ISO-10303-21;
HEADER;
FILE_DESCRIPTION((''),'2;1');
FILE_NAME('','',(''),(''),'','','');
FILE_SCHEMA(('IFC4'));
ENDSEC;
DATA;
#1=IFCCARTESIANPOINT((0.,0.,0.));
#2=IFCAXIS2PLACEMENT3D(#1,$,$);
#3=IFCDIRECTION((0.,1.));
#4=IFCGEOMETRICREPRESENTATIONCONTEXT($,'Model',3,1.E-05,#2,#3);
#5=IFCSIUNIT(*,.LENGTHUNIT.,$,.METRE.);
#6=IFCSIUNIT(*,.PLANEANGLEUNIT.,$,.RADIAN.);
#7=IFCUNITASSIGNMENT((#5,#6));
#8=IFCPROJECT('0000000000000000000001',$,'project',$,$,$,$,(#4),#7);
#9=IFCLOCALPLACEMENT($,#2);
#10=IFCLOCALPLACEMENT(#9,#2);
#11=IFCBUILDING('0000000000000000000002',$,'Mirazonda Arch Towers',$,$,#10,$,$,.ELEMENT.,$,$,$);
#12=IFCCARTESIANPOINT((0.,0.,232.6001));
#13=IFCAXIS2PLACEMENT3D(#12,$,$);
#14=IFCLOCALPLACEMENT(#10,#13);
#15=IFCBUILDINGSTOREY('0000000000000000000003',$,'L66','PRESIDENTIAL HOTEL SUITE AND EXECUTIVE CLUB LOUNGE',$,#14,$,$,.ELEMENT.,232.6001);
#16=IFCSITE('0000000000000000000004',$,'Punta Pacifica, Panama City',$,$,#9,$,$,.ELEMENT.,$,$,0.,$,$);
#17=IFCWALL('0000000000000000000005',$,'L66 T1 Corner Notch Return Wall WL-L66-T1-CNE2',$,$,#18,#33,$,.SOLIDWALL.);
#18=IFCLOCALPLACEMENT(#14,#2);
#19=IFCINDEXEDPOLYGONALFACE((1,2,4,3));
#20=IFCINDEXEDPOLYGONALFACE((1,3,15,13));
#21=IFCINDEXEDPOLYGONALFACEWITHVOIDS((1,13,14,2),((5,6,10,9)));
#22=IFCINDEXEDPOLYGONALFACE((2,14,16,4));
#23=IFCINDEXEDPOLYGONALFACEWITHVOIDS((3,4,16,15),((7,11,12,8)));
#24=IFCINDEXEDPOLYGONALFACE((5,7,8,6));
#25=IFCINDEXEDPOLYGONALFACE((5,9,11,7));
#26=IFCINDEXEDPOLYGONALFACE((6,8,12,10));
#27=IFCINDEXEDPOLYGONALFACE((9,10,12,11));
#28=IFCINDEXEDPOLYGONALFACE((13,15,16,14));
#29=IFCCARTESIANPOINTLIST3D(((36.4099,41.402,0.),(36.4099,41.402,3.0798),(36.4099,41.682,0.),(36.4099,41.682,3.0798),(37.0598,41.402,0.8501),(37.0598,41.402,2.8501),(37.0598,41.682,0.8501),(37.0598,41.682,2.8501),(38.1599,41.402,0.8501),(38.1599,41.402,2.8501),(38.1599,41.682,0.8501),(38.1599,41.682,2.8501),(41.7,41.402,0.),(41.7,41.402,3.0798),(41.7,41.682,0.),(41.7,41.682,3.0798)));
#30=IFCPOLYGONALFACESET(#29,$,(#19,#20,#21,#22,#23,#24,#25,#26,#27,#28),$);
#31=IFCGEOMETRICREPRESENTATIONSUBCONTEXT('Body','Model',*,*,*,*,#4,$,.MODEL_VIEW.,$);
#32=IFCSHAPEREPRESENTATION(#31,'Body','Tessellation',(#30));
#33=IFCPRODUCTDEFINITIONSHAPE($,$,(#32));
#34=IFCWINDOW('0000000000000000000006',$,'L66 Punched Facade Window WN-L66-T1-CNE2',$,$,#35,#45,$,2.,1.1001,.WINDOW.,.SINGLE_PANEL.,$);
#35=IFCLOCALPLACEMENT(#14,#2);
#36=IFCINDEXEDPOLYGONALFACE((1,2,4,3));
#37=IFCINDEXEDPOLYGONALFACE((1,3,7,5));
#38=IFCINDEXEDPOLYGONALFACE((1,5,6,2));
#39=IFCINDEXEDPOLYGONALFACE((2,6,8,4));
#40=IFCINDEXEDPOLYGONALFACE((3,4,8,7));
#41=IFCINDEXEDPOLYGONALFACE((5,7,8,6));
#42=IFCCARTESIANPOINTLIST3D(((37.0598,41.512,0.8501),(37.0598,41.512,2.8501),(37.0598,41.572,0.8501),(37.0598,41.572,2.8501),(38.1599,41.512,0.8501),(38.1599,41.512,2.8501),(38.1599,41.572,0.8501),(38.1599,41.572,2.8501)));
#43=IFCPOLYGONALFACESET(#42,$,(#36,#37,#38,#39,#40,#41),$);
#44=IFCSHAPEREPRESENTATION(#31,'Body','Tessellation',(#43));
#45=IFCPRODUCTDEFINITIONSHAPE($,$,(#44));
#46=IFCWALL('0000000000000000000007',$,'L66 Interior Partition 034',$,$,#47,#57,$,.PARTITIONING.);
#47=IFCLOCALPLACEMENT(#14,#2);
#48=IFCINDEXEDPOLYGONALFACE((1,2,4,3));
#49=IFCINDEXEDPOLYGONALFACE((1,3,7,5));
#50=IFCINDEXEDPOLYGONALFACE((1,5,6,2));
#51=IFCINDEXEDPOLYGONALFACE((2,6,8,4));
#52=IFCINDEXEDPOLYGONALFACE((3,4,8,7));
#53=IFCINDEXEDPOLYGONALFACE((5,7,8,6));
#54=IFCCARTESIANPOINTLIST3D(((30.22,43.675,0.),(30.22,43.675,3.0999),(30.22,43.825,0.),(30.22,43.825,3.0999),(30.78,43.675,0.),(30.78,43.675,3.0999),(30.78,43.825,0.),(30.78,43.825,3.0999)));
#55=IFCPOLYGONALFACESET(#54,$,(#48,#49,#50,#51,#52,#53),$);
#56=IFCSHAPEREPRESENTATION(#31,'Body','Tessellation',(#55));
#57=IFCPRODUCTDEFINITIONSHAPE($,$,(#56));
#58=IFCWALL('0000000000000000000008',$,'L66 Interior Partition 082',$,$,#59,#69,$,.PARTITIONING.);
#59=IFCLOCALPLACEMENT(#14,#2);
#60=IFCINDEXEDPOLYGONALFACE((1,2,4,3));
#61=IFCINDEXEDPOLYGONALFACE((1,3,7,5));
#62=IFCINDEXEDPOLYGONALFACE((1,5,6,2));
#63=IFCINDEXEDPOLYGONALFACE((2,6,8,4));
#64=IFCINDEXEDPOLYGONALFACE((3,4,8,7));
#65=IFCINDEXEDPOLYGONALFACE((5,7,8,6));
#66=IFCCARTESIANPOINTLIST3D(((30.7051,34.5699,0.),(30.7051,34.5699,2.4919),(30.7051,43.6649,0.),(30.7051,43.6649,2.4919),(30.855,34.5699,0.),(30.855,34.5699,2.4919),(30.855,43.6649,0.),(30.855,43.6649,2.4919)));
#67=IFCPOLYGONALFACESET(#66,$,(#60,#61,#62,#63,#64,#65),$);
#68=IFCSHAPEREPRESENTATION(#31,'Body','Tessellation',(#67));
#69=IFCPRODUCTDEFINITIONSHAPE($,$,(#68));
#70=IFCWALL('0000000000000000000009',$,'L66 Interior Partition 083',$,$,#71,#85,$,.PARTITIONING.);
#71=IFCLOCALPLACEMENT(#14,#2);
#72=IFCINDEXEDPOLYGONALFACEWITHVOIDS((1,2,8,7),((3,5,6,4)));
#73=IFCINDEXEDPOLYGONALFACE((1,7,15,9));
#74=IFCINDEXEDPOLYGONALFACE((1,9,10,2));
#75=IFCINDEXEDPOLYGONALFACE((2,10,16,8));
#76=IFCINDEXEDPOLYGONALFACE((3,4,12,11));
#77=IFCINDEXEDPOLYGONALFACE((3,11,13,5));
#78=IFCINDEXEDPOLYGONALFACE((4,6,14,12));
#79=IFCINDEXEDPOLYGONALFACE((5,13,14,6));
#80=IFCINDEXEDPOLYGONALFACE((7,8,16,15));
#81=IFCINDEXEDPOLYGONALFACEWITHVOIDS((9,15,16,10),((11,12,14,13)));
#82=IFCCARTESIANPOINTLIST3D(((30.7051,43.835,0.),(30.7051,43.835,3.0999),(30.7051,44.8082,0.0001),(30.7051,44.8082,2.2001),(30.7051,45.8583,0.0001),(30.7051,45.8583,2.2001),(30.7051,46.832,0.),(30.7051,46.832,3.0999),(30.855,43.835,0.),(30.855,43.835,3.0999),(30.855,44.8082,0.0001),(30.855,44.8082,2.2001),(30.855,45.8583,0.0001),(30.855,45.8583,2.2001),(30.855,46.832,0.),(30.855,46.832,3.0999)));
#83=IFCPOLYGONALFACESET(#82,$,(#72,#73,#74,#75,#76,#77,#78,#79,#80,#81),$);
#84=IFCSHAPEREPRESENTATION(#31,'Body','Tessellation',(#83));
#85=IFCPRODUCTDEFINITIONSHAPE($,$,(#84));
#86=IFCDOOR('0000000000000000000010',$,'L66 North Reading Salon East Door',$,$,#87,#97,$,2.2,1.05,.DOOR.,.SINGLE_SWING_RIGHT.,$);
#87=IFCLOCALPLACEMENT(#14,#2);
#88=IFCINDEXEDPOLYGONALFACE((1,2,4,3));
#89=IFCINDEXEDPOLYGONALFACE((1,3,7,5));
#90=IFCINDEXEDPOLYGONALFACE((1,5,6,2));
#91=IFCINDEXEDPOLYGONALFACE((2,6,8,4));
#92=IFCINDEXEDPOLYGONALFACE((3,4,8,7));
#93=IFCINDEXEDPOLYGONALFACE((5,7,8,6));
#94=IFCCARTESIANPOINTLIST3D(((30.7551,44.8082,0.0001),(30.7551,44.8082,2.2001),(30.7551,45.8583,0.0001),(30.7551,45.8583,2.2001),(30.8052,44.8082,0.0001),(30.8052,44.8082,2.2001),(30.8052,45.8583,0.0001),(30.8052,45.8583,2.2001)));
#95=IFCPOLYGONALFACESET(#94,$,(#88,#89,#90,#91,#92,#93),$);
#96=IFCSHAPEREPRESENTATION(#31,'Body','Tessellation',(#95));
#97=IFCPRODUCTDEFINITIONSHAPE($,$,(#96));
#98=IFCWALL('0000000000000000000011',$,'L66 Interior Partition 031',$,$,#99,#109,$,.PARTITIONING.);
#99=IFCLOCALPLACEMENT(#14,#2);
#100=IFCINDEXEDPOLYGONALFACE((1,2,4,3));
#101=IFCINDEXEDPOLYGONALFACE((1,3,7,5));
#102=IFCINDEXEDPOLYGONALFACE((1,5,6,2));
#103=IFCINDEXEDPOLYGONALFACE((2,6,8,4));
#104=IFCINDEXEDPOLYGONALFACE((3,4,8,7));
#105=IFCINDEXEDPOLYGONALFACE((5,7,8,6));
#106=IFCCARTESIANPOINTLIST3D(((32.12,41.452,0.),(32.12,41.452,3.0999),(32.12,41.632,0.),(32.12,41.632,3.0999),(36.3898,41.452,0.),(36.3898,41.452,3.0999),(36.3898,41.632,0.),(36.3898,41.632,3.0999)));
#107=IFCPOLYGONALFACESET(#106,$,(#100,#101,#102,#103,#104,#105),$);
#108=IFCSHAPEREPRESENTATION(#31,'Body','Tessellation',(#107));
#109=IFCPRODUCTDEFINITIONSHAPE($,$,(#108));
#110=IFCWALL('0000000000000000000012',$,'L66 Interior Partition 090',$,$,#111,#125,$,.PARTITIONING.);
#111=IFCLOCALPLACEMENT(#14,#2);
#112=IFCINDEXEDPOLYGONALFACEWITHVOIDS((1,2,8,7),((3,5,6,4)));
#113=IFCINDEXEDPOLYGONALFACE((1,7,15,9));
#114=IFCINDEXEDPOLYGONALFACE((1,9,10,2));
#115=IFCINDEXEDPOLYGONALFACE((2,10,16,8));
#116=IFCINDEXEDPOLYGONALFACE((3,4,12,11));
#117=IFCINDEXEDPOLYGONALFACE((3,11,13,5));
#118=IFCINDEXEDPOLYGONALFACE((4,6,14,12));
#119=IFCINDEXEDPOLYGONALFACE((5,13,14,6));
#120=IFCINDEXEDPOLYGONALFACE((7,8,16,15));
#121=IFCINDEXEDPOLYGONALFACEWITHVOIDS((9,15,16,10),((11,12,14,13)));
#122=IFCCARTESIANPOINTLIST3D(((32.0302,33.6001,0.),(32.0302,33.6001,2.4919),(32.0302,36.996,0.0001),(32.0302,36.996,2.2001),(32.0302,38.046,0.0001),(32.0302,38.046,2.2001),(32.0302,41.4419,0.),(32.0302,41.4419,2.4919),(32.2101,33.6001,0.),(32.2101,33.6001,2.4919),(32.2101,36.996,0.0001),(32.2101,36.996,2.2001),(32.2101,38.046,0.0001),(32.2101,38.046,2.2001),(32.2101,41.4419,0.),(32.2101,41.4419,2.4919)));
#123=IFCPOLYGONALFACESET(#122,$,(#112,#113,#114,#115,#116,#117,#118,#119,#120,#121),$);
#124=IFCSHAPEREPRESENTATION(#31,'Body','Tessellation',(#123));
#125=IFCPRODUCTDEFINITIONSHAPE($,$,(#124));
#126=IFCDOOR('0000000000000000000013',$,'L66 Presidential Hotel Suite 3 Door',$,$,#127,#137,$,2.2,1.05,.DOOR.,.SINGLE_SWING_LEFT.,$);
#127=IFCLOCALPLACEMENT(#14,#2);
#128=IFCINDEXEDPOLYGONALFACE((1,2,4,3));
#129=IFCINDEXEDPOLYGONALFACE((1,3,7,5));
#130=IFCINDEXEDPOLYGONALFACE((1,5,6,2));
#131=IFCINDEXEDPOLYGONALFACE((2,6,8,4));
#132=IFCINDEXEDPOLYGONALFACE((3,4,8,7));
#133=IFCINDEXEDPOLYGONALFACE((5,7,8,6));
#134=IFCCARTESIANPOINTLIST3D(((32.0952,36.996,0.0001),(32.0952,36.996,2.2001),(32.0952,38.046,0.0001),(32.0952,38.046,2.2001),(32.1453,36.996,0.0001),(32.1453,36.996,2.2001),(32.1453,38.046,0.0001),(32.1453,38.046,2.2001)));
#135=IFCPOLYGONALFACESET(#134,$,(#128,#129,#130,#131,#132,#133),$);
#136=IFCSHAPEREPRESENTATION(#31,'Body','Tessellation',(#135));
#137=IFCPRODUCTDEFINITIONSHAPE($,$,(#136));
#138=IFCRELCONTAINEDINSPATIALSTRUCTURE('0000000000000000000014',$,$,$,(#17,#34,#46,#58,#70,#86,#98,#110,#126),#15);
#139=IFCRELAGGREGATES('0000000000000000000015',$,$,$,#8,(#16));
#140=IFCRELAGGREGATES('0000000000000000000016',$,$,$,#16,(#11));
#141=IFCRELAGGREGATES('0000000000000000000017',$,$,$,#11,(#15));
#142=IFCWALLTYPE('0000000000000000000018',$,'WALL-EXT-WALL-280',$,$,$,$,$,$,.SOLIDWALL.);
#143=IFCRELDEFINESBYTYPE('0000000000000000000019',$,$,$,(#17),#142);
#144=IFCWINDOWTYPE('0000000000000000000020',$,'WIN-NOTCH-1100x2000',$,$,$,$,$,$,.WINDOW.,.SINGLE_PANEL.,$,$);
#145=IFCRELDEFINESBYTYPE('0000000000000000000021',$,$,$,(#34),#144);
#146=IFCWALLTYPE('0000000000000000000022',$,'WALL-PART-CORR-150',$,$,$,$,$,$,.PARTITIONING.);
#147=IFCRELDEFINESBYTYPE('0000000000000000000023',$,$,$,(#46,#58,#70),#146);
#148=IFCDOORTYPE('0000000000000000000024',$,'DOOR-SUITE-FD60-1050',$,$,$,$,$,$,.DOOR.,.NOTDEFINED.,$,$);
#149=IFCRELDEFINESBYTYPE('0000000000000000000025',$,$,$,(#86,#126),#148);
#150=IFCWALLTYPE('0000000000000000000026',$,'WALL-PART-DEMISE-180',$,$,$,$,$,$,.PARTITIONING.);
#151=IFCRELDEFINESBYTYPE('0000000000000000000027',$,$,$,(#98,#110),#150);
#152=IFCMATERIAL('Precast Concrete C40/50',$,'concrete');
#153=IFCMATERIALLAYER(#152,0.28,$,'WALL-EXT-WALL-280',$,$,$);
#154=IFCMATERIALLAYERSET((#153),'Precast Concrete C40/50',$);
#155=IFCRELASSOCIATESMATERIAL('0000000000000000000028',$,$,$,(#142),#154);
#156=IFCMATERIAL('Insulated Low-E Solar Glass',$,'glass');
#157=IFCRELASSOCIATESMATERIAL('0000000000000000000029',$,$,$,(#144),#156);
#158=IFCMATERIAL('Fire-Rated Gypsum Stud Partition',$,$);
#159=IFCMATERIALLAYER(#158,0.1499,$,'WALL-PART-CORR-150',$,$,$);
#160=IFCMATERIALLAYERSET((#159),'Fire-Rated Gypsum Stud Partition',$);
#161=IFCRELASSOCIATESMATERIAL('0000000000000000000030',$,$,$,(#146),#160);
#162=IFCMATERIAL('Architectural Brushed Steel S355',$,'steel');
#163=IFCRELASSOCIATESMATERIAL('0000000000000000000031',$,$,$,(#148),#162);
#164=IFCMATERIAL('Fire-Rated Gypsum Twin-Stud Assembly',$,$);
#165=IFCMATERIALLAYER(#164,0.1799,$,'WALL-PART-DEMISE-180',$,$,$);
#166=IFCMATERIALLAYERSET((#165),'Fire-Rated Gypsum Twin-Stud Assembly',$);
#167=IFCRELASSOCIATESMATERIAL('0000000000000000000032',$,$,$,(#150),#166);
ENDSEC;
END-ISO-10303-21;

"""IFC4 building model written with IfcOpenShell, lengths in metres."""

from ifc_helpers import new_model, si_unit, direction, frame, frame_2d, origin, place, context, subcontext, project, spatial, rectangle, extrude, material, layer, layer_set, type_object, element, fill, save


model = new_model("IFC4")

# Units and contexts
model_context = context("Model", 3, precision=1e-05, world=origin(), true_north=direction((0.0, 1.0)))
body_context = subcontext(model_context, "Body", "Model", "MODEL_VIEW")
ifc_project = project(units=[si_unit("LENGTHUNIT", "METRE"), si_unit("PLANEANGLEUNIT", "RADIAN")], contexts=[model_context])

# Site, building, storey
site_placement = place(None, origin())
site = spatial("IfcSite", under=ifc_project, at=site_placement, Name="Punta Pacifica, Panama City", CompositionType="ELEMENT", RefElevation=0.0)
building_placement = place(site_placement, origin())
building = spatial("IfcBuilding", under=site, at=building_placement, Name="Mirazonda Arch Towers", CompositionType="ELEMENT")
storey_placement = place(building_placement, frame((0.0, 0.0, 232.6001)))
storey = spatial("IfcBuildingStorey", under=building, at=storey_placement, Name="L66", Description="PRESIDENTIAL HOTEL SUITE AND EXECUTIVE CLUB LOUNGE", CompositionType="ELEMENT", Elevation=232.6001)

# Shared definitions
ifc_material_1 = material(Name="Insulated Low-E Solar Glass", Category="glass")

# Wall, opening, window
ifc_material_2 = material(Name="Precast Concrete C40/50", Category="concrete")
ifc_layer_1 = layer(ifc_material_2, 0.28, Name="WALL-EXT-WALL-280")
ifc_layer_set_1 = layer_set([ifc_layer_1], Name="Precast Concrete C40/50")
wall_type_1 = type_object("IfcWallType", Name="WALL-EXT-WALL-280", PredefinedType="SOLIDWALL", material=ifc_layer_set_1)
window_type = type_object("IfcWindowType", Name="WIN-NOTCH-1100x2000", PartitioningType="SINGLE_PANEL", PredefinedType="WINDOW", material=ifc_material_1)
wall_1_placement = place(storey_placement, frame((41.7, 41.542, 0.0), z_axis=(0.0, 0.0, 1.0), x_axis=(-1.0, 0.0, 0.0)))
wall_1 = element("IfcWall", 1, at=wall_1_placement, inside=storey, type_object=wall_type_1, Name="L66 T1 Corner Notch Return Wall WL-L66-T1-CNE2", PredefinedType="SOLIDWALL", context=body_context, shape_type="SweptSolid", body=[
    extrude(rectangle(XDim=5.29, YDim=0.28, at=frame_2d((2.645, 0.0))), origin(), (0.0, 0.0, 1.0), 3.0798),
])
opening_1_placement = place(wall_1_placement, frame((3.54, 0.0, 0.8501)))
opening_1 = element("IfcOpeningElement", 2, at=opening_1_placement, cuts=wall_1, PredefinedType="OPENING", context=body_context, shape_type="SweptSolid", body=[
    extrude(rectangle(XDim=1.1001, YDim=2.0, at=frame_2d((0.55, 1.0))), frame((0.0, 0.1499, 0.0), z_axis=(0.0, -1.0, 0.0), x_axis=(1.0, 0.0, 0.0)), (0.0, 0.0, 1.0), 0.3),
])
window_1_placement = place(opening_1_placement, origin())
window_1 = element("IfcWindow", 3, at=window_1_placement, inside=storey, type_object=window_type, Name="L66 Punched Facade Window WN-L66-T1-CNE2", OverallHeight=2.0, OverallWidth=1.1001, PartitioningType="SINGLE_PANEL", PredefinedType="WINDOW", context=body_context, shape_type="SweptSolid", body=[
    extrude(rectangle(XDim=1.1001, YDim=2.0, at=frame_2d((0.55, 1.0))), frame((0.0, 0.03, 0.0), z_axis=(0.0, -1.0, 0.0), x_axis=(1.0, 0.0, 0.0)), (0.0, 0.0, 1.0), 0.0601),
])
fill(opening_1, window_1)

# Walls
ifc_material_3 = material(Name="Fire-Rated Gypsum Stud Partition")
ifc_layer_2 = layer(ifc_material_3, 0.1499, Name="WALL-PART-CORR-150")
ifc_layer_set_2 = layer_set([ifc_layer_2], Name="Fire-Rated Gypsum Stud Partition")
wall_type_2 = type_object("IfcWallType", Name="WALL-PART-CORR-150", PredefinedType="PARTITIONING", material=ifc_layer_set_2)
wall_2_placement = place(storey_placement, frame((30.22, 43.75, 0.0), z_axis=(0.0, 0.0, 1.0), x_axis=(1.0, 0.0, 0.0)))
element("IfcWall", 4, at=wall_2_placement, inside=storey, type_object=wall_type_2, Name="L66 Interior Partition 034", PredefinedType="PARTITIONING", context=body_context, shape_type="SweptSolid", body=[
    extrude(rectangle(XDim=0.5601, YDim=0.1499, at=frame_2d((0.28, 0.0))), origin(), (0.0, 0.0, 1.0), 3.0999),
])
wall_3_placement = place(storey_placement, frame((30.78, 34.5701, 0.0), z_axis=(0.0, 0.0, 1.0), x_axis=(0.0, 1.0, 0.0)))
element("IfcWall", 5, at=wall_3_placement, inside=storey, type_object=wall_type_2, Name="L66 Interior Partition 082", PredefinedType="PARTITIONING", context=body_context, shape_type="SweptSolid", body=[
    extrude(rectangle(XDim=9.095, YDim=0.1499, at=frame_2d((4.5474, 0.0))), origin(), (0.0, 0.0, 1.0), 2.4919),
])

# Wall, opening, door
wall_4_placement = place(storey_placement, frame((30.78, 43.835, 0.0), z_axis=(0.0, 0.0, 1.0), x_axis=(0.0, 1.0, 0.0)))
wall_4 = element("IfcWall", 6, at=wall_4_placement, inside=storey, type_object=wall_type_2, Name="L66 Interior Partition 083", PredefinedType="PARTITIONING", context=body_context, shape_type="SweptSolid", body=[
    extrude(rectangle(XDim=2.9971, YDim=0.1499, at=frame_2d((1.4985, 0.0))), origin(), (0.0, 0.0, 1.0), 3.0999),
])
opening_2_placement = place(wall_4_placement, frame((0.9734, 0.0, 0.0)))
opening_2 = element("IfcOpeningElement", 7, at=opening_2_placement, cuts=wall_4, PredefinedType="OPENING", context=body_context, shape_type="SweptSolid", body=[
    extrude(rectangle(XDim=1.05, YDim=2.2, at=frame_2d((0.5249, 1.1001))), frame((0.0, 0.085, 0.0), z_axis=(0.0, -1.0, 0.0), x_axis=(1.0, 0.0, 0.0)), (0.0, 0.0, 1.0), 0.1699),
])
ifc_material_4 = material(Name="Architectural Brushed Steel S355", Category="steel")
door_type_1 = type_object("IfcDoorType", Name="DOOR-SUITE-FD60-1050", OperationType="NOTDEFINED", PredefinedType="DOOR", material=ifc_material_4)
door_1_placement = place(opening_2_placement, origin())
door_1 = element("IfcDoor", 8, at=door_1_placement, inside=storey, type_object=door_type_1, Name="L66 North Reading Salon East Door", OperationType="SINGLE_SWING_RIGHT", OverallHeight=2.2, OverallWidth=1.05, PredefinedType="DOOR", context=body_context, shape_type="SweptSolid", body=[
    extrude(rectangle(XDim=1.05, YDim=2.2, at=frame_2d((0.5249, 1.1001))), frame((0.0, 0.0249, 0.0), z_axis=(0.0, -1.0, 0.0), x_axis=(1.0, 0.0, 0.0)), (0.0, 0.0, 1.0), 0.05),
])
fill(opening_2, door_1)

# Wall
ifc_material_5 = material(Name="Fire-Rated Gypsum Twin-Stud Assembly")
ifc_layer_3 = layer(ifc_material_5, 0.1799, Name="WALL-PART-DEMISE-180")
ifc_layer_set_3 = layer_set([ifc_layer_3], Name="Fire-Rated Gypsum Twin-Stud Assembly")
wall_type_3 = type_object("IfcWallType", Name="WALL-PART-DEMISE-180", PredefinedType="PARTITIONING", material=ifc_layer_set_3)
wall_5_placement = place(storey_placement, frame((32.1201, 41.542, 0.0), z_axis=(0.0, 0.0, 1.0), x_axis=(1.0, 0.0, 0.0)))
element("IfcWall", 9, at=wall_5_placement, inside=storey, type_object=wall_type_3, Name="L66 Interior Partition 031", PredefinedType="PARTITIONING", context=body_context, shape_type="SweptSolid", body=[
    extrude(rectangle(XDim=4.2698, YDim=0.1799, at=frame_2d((2.1348, 0.0))), origin(), (0.0, 0.0, 1.0), 3.0999),
])

# Wall, opening, door
wall_6_placement = place(storey_placement, frame((32.1201, 33.6001, 0.0), z_axis=(0.0, 0.0, 1.0), x_axis=(0.0, 1.0, 0.0)))
wall_6 = element("IfcWall", 10, at=wall_6_placement, inside=storey, type_object=wall_type_3, Name="L66 Interior Partition 090", PredefinedType="PARTITIONING", context=body_context, shape_type="SweptSolid", body=[
    extrude(rectangle(XDim=7.8418, YDim=0.1799, at=frame_2d((3.9209, 0.0))), origin(), (0.0, 0.0, 1.0), 2.4919),
])
opening_3_placement = place(wall_6_placement, frame((3.396, 0.0, 0.0)))
opening_3 = element("IfcOpeningElement", 11, at=opening_3_placement, cuts=wall_6, PredefinedType="OPENING", context=body_context, shape_type="SweptSolid", body=[
    extrude(rectangle(XDim=1.05, YDim=2.2, at=frame_2d((0.5249, 1.1001))), frame((0.0, 0.0999, 0.0), z_axis=(0.0, -1.0, 0.0), x_axis=(1.0, 0.0, 0.0)), (0.0, 0.0, 1.0), 0.2),
])
door_2_placement = place(opening_3_placement, origin())
door_2 = element("IfcDoor", 12, at=door_2_placement, inside=storey, type_object=door_type_1, Name="L66 Presidential Hotel Suite 3 Door", OperationType="SINGLE_SWING_LEFT", OverallHeight=2.2, OverallWidth=1.05, PredefinedType="DOOR", context=body_context, shape_type="SweptSolid", body=[
    extrude(rectangle(XDim=1.05, YDim=2.2, at=frame_2d((0.5249, 1.1001))), frame((0.0, 0.0249, 0.0), z_axis=(0.0, -1.0, 0.0), x_axis=(1.0, 0.0, 0.0)), (0.0, 0.0, 1.0), 0.05),
])
fill(opening_3, door_2)

save(model, "model.ifc")
